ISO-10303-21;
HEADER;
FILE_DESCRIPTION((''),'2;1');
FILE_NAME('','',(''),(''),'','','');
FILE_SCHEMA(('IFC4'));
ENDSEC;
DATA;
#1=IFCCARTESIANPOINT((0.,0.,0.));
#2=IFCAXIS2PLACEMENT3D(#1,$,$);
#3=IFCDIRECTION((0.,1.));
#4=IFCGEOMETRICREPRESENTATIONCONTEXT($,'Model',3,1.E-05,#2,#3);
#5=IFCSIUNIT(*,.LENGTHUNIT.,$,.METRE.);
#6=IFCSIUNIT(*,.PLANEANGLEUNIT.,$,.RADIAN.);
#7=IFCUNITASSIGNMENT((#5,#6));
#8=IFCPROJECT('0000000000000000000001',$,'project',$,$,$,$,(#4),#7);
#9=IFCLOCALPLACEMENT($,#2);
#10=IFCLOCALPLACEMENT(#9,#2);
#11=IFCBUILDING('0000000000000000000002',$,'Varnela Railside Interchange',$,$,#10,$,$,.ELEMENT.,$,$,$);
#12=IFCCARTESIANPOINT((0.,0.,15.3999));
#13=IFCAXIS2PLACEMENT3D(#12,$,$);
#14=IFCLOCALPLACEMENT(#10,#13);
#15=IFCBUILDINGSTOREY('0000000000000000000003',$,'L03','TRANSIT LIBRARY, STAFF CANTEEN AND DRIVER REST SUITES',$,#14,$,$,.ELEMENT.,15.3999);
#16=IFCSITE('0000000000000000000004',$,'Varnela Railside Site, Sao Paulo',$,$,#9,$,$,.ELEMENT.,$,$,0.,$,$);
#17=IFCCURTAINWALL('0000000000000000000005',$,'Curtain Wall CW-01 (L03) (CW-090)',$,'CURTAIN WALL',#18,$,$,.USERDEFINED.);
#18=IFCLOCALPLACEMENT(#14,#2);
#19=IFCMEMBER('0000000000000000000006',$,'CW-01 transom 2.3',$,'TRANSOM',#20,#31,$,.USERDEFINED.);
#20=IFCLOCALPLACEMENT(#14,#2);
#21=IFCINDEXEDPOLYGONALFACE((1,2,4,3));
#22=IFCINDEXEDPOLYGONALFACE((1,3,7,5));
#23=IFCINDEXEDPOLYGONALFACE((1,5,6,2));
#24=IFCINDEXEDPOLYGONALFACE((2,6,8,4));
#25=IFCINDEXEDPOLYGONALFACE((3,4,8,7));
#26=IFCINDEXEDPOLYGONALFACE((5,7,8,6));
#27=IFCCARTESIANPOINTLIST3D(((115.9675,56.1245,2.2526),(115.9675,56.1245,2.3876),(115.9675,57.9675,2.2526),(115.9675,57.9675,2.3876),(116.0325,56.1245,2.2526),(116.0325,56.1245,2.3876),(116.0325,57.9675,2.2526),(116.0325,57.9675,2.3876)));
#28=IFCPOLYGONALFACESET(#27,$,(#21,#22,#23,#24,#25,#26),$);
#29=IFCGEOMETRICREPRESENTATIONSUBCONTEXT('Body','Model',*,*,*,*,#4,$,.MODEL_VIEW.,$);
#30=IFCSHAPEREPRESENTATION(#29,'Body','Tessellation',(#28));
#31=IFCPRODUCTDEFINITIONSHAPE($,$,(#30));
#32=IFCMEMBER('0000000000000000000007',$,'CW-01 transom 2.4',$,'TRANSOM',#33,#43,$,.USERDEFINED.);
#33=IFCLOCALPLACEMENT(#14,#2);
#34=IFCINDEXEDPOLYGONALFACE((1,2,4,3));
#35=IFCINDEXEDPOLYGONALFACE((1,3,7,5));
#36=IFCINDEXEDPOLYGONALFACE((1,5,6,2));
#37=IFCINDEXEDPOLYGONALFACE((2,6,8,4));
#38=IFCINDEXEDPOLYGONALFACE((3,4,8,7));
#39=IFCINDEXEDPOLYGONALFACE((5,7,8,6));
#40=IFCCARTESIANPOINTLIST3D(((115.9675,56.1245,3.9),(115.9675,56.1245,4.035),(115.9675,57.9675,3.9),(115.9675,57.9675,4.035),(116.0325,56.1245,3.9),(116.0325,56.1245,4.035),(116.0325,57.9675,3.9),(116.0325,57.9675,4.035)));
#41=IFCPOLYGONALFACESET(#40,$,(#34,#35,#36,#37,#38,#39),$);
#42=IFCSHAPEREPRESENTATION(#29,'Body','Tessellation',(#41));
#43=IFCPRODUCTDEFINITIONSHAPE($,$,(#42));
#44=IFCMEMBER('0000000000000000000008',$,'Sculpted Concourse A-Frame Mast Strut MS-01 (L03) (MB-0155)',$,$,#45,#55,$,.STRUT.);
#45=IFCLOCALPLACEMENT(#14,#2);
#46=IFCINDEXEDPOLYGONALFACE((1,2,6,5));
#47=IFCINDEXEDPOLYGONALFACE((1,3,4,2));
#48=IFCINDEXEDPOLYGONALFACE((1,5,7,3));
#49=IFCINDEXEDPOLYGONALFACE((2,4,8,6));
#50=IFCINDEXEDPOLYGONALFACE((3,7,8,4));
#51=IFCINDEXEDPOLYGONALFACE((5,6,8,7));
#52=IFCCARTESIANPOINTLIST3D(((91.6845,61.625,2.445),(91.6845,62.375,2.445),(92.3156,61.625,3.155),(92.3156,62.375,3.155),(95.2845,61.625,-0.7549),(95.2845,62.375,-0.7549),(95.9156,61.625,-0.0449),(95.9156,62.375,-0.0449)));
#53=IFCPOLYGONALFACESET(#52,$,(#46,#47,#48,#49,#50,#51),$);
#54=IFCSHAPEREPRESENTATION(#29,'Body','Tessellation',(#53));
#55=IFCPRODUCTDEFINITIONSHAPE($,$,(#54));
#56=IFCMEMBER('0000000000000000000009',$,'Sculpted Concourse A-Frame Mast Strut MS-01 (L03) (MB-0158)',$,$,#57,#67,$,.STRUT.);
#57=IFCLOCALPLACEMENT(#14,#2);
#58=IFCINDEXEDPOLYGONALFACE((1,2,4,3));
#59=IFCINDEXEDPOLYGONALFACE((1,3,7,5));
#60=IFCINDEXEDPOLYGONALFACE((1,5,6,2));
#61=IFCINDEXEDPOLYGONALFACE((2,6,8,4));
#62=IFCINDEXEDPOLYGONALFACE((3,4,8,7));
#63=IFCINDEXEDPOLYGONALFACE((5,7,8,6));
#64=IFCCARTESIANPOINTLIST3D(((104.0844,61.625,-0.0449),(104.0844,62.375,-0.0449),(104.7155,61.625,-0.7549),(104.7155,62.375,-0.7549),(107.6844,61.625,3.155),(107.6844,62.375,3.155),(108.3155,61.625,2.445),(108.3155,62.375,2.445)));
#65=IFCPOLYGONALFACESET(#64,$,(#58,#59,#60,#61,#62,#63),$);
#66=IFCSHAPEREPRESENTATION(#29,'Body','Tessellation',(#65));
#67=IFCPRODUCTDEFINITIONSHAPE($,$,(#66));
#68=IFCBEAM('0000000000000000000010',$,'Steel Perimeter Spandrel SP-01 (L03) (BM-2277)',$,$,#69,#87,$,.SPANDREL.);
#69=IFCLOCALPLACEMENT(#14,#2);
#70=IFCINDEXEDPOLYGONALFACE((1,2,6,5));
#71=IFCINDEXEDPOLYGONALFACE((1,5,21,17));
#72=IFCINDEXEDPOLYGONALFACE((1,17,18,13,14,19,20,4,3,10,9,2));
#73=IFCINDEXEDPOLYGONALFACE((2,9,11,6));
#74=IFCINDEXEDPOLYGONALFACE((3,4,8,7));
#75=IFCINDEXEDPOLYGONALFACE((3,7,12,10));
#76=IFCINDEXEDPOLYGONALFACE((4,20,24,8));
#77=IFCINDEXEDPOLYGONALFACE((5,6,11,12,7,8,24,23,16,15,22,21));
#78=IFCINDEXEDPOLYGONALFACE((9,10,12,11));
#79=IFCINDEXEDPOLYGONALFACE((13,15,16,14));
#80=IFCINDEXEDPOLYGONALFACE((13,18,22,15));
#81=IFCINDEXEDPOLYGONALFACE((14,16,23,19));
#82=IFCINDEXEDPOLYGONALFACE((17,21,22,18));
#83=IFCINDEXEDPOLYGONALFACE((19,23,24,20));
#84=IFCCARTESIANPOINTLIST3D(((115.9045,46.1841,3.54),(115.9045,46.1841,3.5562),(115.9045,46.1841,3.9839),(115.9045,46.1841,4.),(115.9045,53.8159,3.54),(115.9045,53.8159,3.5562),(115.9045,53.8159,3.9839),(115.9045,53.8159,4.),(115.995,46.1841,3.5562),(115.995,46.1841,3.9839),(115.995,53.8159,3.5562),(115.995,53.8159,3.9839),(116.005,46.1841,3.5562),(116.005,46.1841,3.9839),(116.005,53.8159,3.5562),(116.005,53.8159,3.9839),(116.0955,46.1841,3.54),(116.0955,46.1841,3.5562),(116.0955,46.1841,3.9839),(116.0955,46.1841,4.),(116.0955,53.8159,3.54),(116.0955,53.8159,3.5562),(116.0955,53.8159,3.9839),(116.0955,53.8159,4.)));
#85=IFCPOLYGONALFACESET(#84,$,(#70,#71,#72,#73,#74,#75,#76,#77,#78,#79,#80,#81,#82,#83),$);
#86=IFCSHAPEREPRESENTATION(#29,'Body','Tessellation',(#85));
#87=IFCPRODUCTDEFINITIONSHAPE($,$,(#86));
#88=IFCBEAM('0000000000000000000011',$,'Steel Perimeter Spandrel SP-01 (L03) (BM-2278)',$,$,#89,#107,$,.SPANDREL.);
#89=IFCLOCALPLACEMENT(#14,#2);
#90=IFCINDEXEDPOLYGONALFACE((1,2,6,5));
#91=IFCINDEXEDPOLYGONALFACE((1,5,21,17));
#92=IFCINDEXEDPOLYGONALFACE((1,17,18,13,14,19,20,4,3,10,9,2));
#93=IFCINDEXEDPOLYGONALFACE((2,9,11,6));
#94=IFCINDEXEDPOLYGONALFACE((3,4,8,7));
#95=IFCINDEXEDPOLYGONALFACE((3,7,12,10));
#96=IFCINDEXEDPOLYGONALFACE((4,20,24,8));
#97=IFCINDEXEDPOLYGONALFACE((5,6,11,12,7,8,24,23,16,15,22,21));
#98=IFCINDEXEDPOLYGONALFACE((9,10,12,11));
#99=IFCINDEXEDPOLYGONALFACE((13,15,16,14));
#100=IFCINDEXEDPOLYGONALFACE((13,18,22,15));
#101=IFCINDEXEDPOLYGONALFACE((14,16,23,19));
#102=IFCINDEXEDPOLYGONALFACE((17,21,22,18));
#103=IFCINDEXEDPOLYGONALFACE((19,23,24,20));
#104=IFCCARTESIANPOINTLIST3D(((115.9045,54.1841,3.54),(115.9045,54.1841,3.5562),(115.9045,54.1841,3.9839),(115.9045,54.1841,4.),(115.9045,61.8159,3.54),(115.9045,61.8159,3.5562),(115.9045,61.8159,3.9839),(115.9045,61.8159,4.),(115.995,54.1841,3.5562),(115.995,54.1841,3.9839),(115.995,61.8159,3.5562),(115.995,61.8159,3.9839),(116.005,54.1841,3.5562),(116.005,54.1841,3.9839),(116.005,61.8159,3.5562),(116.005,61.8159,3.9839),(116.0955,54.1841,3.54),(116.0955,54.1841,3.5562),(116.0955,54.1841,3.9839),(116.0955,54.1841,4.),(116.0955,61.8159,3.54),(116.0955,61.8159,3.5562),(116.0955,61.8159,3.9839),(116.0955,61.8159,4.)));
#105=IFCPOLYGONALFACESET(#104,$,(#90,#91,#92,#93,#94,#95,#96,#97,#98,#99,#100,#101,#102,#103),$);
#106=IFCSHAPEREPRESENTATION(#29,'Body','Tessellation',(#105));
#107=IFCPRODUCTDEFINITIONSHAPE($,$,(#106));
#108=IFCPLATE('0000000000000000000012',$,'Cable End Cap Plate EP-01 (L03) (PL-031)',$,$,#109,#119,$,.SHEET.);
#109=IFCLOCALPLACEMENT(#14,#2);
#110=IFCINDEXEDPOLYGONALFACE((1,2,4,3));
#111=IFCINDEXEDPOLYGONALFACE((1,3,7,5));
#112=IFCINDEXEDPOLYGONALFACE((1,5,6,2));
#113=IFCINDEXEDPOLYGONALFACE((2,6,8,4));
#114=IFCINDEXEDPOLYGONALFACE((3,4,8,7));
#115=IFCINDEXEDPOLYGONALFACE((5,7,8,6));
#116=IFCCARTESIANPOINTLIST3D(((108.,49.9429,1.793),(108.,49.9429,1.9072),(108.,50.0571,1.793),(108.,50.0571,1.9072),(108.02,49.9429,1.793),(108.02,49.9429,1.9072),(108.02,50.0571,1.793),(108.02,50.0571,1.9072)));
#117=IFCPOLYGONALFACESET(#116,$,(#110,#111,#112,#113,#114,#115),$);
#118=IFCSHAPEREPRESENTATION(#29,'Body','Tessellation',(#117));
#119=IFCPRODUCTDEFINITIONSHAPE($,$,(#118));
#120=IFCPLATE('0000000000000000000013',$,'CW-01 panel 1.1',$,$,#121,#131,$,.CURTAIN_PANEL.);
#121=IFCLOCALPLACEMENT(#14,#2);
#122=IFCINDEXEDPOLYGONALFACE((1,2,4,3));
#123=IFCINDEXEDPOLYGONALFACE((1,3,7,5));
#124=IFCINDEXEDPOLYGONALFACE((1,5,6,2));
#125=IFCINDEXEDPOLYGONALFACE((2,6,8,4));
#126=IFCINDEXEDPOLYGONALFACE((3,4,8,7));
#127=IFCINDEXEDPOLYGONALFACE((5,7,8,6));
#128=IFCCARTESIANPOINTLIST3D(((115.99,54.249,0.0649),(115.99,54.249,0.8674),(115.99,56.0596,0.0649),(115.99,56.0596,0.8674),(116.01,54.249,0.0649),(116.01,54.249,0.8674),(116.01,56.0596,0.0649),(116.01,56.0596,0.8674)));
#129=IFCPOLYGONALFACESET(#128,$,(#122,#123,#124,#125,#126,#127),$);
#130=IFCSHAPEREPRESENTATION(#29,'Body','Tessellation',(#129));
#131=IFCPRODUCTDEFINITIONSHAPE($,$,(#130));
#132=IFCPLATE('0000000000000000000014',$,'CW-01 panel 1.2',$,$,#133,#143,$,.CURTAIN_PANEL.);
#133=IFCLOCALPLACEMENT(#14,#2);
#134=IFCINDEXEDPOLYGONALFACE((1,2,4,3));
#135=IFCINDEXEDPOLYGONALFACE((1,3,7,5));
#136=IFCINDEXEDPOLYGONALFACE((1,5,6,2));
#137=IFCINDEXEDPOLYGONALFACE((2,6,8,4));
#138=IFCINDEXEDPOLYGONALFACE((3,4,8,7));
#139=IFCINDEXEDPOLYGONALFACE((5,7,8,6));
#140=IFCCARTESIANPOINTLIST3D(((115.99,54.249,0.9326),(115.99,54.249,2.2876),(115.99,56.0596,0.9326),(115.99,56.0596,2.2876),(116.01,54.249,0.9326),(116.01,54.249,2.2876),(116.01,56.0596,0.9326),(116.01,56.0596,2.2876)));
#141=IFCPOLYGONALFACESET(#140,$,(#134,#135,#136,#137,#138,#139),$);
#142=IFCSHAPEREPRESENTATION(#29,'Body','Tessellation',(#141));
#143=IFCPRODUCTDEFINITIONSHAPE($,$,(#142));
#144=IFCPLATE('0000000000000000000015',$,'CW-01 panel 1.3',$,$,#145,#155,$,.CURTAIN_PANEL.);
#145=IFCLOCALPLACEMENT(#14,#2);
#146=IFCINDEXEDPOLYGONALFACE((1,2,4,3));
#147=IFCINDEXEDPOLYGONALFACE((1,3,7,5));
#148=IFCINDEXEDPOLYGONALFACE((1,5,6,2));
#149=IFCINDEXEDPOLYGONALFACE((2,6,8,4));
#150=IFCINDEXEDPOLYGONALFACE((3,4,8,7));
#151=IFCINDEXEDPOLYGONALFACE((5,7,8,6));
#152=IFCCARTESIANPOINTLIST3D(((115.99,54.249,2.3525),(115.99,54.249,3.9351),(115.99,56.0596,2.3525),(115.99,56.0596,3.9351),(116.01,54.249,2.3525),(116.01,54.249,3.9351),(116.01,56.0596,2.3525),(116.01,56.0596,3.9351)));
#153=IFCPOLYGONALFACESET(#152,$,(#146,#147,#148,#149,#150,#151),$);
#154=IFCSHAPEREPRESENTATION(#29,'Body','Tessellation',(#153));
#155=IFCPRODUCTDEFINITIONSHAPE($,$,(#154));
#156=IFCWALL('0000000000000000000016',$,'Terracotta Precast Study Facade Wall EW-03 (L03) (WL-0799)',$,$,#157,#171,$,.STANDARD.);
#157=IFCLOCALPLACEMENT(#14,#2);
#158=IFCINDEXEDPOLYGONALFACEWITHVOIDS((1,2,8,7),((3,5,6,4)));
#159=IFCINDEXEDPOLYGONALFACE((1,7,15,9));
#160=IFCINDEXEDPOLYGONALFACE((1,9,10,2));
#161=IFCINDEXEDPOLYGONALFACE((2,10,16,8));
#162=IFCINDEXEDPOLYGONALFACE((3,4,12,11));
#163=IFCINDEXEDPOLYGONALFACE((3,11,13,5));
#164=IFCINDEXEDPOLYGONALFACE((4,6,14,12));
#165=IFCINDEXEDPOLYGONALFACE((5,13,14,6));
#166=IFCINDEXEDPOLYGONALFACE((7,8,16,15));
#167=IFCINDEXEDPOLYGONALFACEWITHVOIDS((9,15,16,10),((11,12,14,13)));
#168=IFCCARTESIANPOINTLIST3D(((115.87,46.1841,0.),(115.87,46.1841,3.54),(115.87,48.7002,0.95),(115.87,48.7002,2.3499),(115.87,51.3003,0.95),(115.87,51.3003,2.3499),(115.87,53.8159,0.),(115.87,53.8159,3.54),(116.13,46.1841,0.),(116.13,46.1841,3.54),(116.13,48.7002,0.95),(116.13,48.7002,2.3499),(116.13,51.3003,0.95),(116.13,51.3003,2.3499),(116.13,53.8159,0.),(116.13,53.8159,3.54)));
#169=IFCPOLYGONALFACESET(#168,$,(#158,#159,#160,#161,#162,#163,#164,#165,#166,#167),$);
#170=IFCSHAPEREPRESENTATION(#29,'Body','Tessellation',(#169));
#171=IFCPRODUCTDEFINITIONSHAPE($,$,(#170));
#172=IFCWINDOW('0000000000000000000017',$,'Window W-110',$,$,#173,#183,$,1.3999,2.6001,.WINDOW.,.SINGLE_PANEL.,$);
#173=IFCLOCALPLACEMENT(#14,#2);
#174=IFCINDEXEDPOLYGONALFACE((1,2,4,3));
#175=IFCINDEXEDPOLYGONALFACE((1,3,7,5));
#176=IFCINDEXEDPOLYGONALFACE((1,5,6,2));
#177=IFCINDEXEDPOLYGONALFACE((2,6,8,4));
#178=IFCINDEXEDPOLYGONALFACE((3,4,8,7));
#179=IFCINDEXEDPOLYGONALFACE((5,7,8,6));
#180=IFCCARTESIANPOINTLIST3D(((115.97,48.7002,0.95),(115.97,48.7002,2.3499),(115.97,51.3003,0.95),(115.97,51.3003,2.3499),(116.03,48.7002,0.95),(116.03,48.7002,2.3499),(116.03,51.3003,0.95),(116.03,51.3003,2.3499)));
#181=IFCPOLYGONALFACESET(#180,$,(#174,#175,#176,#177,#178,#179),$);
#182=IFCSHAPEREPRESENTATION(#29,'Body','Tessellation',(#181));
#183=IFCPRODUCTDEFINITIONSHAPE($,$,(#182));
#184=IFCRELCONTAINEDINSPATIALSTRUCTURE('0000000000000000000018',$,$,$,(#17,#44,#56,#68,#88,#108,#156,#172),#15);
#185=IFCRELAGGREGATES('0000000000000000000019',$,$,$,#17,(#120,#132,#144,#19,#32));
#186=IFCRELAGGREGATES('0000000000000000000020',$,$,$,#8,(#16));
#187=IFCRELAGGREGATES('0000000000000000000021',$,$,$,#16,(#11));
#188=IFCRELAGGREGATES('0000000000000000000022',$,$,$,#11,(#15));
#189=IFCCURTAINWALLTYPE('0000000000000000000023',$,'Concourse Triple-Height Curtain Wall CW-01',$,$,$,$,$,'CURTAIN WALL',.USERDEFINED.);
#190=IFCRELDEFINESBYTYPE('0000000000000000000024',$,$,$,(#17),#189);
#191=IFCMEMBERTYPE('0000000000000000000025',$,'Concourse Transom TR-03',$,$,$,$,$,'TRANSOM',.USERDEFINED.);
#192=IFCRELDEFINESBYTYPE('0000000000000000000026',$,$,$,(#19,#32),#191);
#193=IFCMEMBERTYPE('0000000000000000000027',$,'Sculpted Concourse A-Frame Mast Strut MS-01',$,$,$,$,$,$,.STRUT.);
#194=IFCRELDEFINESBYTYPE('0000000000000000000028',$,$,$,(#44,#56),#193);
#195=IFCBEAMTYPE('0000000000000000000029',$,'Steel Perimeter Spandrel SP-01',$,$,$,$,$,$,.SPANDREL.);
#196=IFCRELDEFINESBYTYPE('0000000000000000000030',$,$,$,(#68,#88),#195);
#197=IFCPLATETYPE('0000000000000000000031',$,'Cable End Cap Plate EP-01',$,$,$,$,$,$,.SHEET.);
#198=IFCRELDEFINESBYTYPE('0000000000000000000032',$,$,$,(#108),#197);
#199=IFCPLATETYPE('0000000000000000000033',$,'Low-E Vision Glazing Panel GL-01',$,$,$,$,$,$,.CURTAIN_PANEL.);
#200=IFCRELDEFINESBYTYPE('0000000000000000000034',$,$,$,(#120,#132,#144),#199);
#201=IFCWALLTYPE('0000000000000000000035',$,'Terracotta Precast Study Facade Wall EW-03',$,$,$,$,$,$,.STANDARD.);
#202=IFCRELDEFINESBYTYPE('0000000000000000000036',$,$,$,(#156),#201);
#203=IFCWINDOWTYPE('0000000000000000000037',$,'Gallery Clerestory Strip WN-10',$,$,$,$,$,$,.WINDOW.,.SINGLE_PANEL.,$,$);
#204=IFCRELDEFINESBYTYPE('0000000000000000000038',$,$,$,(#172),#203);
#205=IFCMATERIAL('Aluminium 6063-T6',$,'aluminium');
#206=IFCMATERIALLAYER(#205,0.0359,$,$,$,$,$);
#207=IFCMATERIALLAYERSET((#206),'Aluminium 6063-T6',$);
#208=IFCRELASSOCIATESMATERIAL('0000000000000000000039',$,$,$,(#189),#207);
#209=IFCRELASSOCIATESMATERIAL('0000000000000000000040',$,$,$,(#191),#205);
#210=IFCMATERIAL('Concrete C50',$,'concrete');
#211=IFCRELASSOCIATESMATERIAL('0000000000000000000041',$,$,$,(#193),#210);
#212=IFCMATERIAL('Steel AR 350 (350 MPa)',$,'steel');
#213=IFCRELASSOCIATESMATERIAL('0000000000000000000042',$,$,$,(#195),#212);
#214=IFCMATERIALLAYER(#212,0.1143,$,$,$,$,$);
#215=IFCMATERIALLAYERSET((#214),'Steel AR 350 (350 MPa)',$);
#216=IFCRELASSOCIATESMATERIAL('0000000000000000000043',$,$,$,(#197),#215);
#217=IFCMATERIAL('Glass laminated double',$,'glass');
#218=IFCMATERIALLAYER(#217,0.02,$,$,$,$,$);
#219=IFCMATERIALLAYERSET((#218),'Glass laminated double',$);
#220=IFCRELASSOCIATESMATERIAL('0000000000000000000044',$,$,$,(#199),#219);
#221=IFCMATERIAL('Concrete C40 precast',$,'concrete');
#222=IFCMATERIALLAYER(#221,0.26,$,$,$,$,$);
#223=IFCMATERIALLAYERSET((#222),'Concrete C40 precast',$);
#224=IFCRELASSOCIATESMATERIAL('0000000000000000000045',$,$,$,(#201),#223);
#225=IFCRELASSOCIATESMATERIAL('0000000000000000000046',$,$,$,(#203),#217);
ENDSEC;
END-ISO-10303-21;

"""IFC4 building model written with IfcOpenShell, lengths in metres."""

from ifc_helpers import new_model, si_unit, direction, frame, frame_2d, origin, origin_2d, place, context, subcontext, project, spatial, rectangle, i_section, extrude, material, layer, layer_set, material_profile, profile_set, type_object, element, fill, aggregate, save


model = new_model("IFC4")

# Units and contexts
model_context = context("Model", 3, precision=1e-05, world=origin(), true_north=direction((0.0, 1.0)))
body_context = subcontext(model_context, "Body", "Model", "MODEL_VIEW")
ifc_project = project(units=[si_unit("LENGTHUNIT", "METRE"), si_unit("PLANEANGLEUNIT", "RADIAN")], contexts=[model_context])

# Site, building, storey
site_placement = place(None, origin())
site = spatial("IfcSite", under=ifc_project, at=site_placement, Name="Varnela Railside Site, Sao Paulo", CompositionType="ELEMENT", RefElevation=0.0)
building_placement = place(site_placement, origin())
building = spatial("IfcBuilding", under=site, at=building_placement, Name="Varnela Railside Interchange", CompositionType="ELEMENT")
storey_placement = place(building_placement, frame((0.0, 0.0, 15.3999)))
storey = spatial("IfcBuildingStorey", under=building, at=storey_placement, Name="L03", Description="TRANSIT LIBRARY, STAFF CANTEEN AND DRIVER REST SUITES", CompositionType="ELEMENT", Elevation=15.3999)

# Shared definitions
ifc_material_1 = material(Name="Steel AR 350 (350 MPa)", Category="steel")

# Curtain wall, members
ifc_material_2 = material(Name="Aluminium 6063-T6", Category="aluminium")
ifc_layer_1 = layer(ifc_material_2, 0.0359)
ifc_layer_set_1 = layer_set([ifc_layer_1], Name="Aluminium 6063-T6")
curtain_wall_type = type_object("IfcCurtainWallType", Name="Concourse Triple-Height Curtain Wall CW-01", ElementType="CURTAIN WALL", PredefinedType="USERDEFINED", material=ifc_layer_set_1)
curtain_wall_placement = place(storey_placement, origin())
curtain_wall = element("IfcCurtainWall", 1, at=curtain_wall_placement, inside=storey, type_object=curtain_wall_type, Name="Curtain Wall CW-01 (L03) (CW-090)", ObjectType="CURTAIN WALL", PredefinedType="USERDEFINED")
ifc_material_profile_1 = material_profile(ifc_material_2, rectangle(XDim=0.0649, YDim=0.135, at=origin_2d()), Name="ALU 65x135")
ifc_profile_set_1 = profile_set([ifc_material_profile_1], Name="Aluminium 6063-T6")
member_type_1 = type_object("IfcMemberType", Name="Concourse Transom TR-03", ElementType="TRANSOM", PredefinedType="USERDEFINED", material=ifc_profile_set_1)
member_1_placement = place(storey_placement, frame((116.0, 56.1245, 2.3201), z_axis=(0.0, 1.0, 0.0), x_axis=(-1.0, 0.0, 0.0)))
member_1 = element("IfcMember", 2, at=member_1_placement, type_object=member_type_1, Name="CW-01 transom 2.3", ObjectType="TRANSOM", PredefinedType="USERDEFINED", context=body_context, shape_type="SweptSolid", body=[
    extrude(rectangle(XDim=0.0649, YDim=0.135, at=origin_2d()), origin(), (0.0, 0.0, 1.0), 1.843),
])
member_2_placement = place(storey_placement, frame((116.0, 56.1245, 3.9675), z_axis=(0.0, 1.0, 0.0), x_axis=(-1.0, 0.0, 0.0)))
member_2 = element("IfcMember", 3, at=member_2_placement, type_object=member_type_1, Name="CW-01 transom 2.4", ObjectType="TRANSOM", PredefinedType="USERDEFINED", context=body_context, shape_type="SweptSolid", body=[
    extrude(rectangle(XDim=0.0649, YDim=0.135, at=origin_2d()), origin(), (0.0, 0.0, 1.0), 1.843),
])

# Members
ifc_material_3 = material(Name="Concrete C50", Category="concrete")
ifc_material_profile_2 = material_profile(ifc_material_3, rectangle(XDim=0.75, YDim=0.95, at=origin_2d()), Name="RC 750x950")
ifc_profile_set_2 = profile_set([ifc_material_profile_2], Name="Concrete C50")
member_type_2 = type_object("IfcMemberType", Name="Sculpted Concourse A-Frame Mast Strut MS-01", PredefinedType="STRUT", material=ifc_profile_set_2)
for number, where, z_axis, x_axis, name in (
    (4, (95.6001, 62.0, -0.3999), (-0.747423, 0.0, 0.664348), (0.0, -1.0, 0.0), "Sculpted Concourse A-Frame Mast Strut MS-01 (L03) (MB-0155)"),
    (5, (104.3999, 62.0, -0.3999), (0.747423, 0.0, 0.664348), (0.0, 1.0, 0.0), "Sculpted Concourse A-Frame Mast Strut MS-01 (L03) (MB-0158)"),
):
    element("IfcMember", number, at=place(storey_placement, frame(where, z_axis=z_axis, x_axis=x_axis)), inside=storey, type_object=member_type_2, Name=name, PredefinedType="STRUT", context=body_context, shape_type="SweptSolid", body=[
        extrude(rectangle(XDim=0.75, YDim=0.95, at=origin_2d()), origin(), (0.0, 0.0, 1.0), 4.8167),
    ])

# Beams
ifc_material_profile_3 = material_profile(ifc_material_1, i_section(OverallWidth=0.1909, OverallDepth=0.46, WebThickness=0.01, FlangeThickness=0.0161, at=origin_2d()), Name="W460x82")
ifc_profile_set_3 = profile_set([ifc_material_profile_3], Name="Steel AR 350 (350 MPa)")
beam_type = type_object("IfcBeamType", Name="Steel Perimeter Spandrel SP-01", PredefinedType="SPANDREL", material=ifc_profile_set_3)
for number, where, z_axis, x_axis, name in (
    (6, (116.0, 46.1841, 3.77), (0.0, 1.0, 0.0), (-1.0, 0.0, 0.0), "Steel Perimeter Spandrel SP-01 (L03) (BM-2277)"),
    (7, (116.0, 54.1841, 3.77), (0.0, 1.0, 0.0), (-1.0, 0.0, 0.0), "Steel Perimeter Spandrel SP-01 (L03) (BM-2278)"),
):
    element("IfcBeam", number, at=place(storey_placement, frame(where, z_axis=z_axis, x_axis=x_axis)), inside=storey, type_object=beam_type, Name=name, PredefinedType="SPANDREL", context=body_context, shape_type="SweptSolid", body=[
        extrude(i_section(OverallWidth=0.1909, OverallDepth=0.46, WebThickness=0.01, FlangeThickness=0.0161, at=origin_2d()), origin(), (0.0, 0.0, 1.0), 7.6318),
    ])

# Plates
ifc_layer_2 = layer(ifc_material_1, 0.1143)
ifc_layer_set_2 = layer_set([ifc_layer_2], Name="Steel AR 350 (350 MPa)")
plate_type_1 = type_object("IfcPlateType", Name="Cable End Cap Plate EP-01", PredefinedType="SHEET", material=ifc_layer_set_2)
plate_1_placement = place(storey_placement, frame((108.01, 50.0, 1.793), z_axis=(0.0, 0.0, 1.0), x_axis=(0.0, 1.0, 0.0)))
element("IfcPlate", 8, at=plate_1_placement, inside=storey, type_object=plate_type_1, Name="Cable End Cap Plate EP-01 (L03) (PL-031)", PredefinedType="SHEET", context=body_context, shape_type="SweptSolid", body=[
    extrude(rectangle(XDim=0.1143, YDim=0.02, at=origin_2d()), origin(), (0.0, 0.0, 1.0), 0.1143),
])
ifc_material_4 = material(Name="Glass laminated double", Category="glass")
ifc_layer_3 = layer(ifc_material_4, 0.02)
ifc_layer_set_3 = layer_set([ifc_layer_3], Name="Glass laminated double")
plate_type_2 = type_object("IfcPlateType", Name="Low-E Vision Glazing Panel GL-01", PredefinedType="CURTAIN_PANEL", material=ifc_layer_set_3)
plate_2_placement = place(storey_placement, frame((116.0, 55.1543, 0.0649), z_axis=(0.0, 0.0, 1.0), x_axis=(0.0, 1.0, 0.0)))
plate_2 = element("IfcPlate", 9, at=plate_2_placement, type_object=plate_type_2, Name="CW-01 panel 1.1", PredefinedType="CURTAIN_PANEL", context=body_context, shape_type="SweptSolid", body=[
    extrude(rectangle(XDim=1.8105, YDim=0.02, at=origin_2d()), origin(), (0.0, 0.0, 1.0), 0.8025),
])
plate_3_placement = place(storey_placement, frame((116.0, 55.1543, 0.9326), z_axis=(0.0, 0.0, 1.0), x_axis=(0.0, 1.0, 0.0)))
plate_3 = element("IfcPlate", 10, at=plate_3_placement, type_object=plate_type_2, Name="CW-01 panel 1.2", PredefinedType="CURTAIN_PANEL", context=body_context, shape_type="SweptSolid", body=[
    extrude(rectangle(XDim=1.8105, YDim=0.02, at=origin_2d()), origin(), (0.0, 0.0, 1.0), 1.355),
])
plate_4_placement = place(storey_placement, frame((116.0, 55.1543, 2.3525), z_axis=(0.0, 0.0, 1.0), x_axis=(0.0, 1.0, 0.0)))
plate_4 = element("IfcPlate", 11, at=plate_4_placement, type_object=plate_type_2, Name="CW-01 panel 1.3", PredefinedType="CURTAIN_PANEL", context=body_context, shape_type="SweptSolid", body=[
    extrude(rectangle(XDim=1.8105, YDim=0.02, at=origin_2d()), origin(), (0.0, 0.0, 1.0), 1.5825),
])
aggregate(curtain_wall, [plate_2, plate_3, plate_4, member_1, member_2])

# Wall, opening, window
ifc_material_5 = material(Name="Concrete C40 precast", Category="concrete")
ifc_layer_4 = layer(ifc_material_5, 0.26)
ifc_layer_set_4 = layer_set([ifc_layer_4], Name="Concrete C40 precast")
wall_type = type_object("IfcWallType", Name="Terracotta Precast Study Facade Wall EW-03", PredefinedType="STANDARD", material=ifc_layer_set_4)
wall_placement = place(storey_placement, frame((116.0, 46.1841, 0.0), z_axis=(0.0, 0.0, 1.0), x_axis=(0.0, 1.0, 0.0)))
wall = element("IfcWall", 12, at=wall_placement, inside=storey, type_object=wall_type, Name="Terracotta Precast Study Facade Wall EW-03 (L03) (WL-0799)", PredefinedType="STANDARD", context=body_context, shape_type="SweptSolid", body=[
    extrude(rectangle(XDim=7.6318, YDim=0.26, at=frame_2d((3.8159, 0.0))), origin(), (0.0, 0.0, 1.0), 3.54),
])
opening_placement = place(wall_placement, frame((2.5161, 0.0, 0.95)))
opening = element("IfcOpeningElement", 13, at=opening_placement, cuts=wall, PredefinedType="OPENING", context=body_context, shape_type="SweptSolid", body=[
    extrude(rectangle(XDim=2.6001, YDim=1.3999, at=frame_2d((1.3, 0.7))), frame((0.0, 0.1399, 0.0), z_axis=(0.0, -1.0, 0.0), x_axis=(1.0, 0.0, 0.0)), (0.0, 0.0, 1.0), 0.28),
])
window_type = type_object("IfcWindowType", Name="Gallery Clerestory Strip WN-10", PartitioningType="SINGLE_PANEL", PredefinedType="WINDOW", material=ifc_material_4)
window_placement = place(opening_placement, origin())
window = element("IfcWindow", 14, at=window_placement, inside=storey, type_object=window_type, Name="Window W-110", OverallHeight=1.3999, OverallWidth=2.6001, PartitioningType="SINGLE_PANEL", PredefinedType="WINDOW", context=body_context, shape_type="SweptSolid", body=[
    extrude(rectangle(XDim=2.6001, YDim=1.3999, at=frame_2d((1.3, 0.7))), frame((0.0, 0.03, 0.0), z_axis=(0.0, -1.0, 0.0), x_axis=(1.0, 0.0, 0.0)), (0.0, 0.0, 1.0), 0.0601),
])
fill(opening, window)

save(model, "model.ifc")
